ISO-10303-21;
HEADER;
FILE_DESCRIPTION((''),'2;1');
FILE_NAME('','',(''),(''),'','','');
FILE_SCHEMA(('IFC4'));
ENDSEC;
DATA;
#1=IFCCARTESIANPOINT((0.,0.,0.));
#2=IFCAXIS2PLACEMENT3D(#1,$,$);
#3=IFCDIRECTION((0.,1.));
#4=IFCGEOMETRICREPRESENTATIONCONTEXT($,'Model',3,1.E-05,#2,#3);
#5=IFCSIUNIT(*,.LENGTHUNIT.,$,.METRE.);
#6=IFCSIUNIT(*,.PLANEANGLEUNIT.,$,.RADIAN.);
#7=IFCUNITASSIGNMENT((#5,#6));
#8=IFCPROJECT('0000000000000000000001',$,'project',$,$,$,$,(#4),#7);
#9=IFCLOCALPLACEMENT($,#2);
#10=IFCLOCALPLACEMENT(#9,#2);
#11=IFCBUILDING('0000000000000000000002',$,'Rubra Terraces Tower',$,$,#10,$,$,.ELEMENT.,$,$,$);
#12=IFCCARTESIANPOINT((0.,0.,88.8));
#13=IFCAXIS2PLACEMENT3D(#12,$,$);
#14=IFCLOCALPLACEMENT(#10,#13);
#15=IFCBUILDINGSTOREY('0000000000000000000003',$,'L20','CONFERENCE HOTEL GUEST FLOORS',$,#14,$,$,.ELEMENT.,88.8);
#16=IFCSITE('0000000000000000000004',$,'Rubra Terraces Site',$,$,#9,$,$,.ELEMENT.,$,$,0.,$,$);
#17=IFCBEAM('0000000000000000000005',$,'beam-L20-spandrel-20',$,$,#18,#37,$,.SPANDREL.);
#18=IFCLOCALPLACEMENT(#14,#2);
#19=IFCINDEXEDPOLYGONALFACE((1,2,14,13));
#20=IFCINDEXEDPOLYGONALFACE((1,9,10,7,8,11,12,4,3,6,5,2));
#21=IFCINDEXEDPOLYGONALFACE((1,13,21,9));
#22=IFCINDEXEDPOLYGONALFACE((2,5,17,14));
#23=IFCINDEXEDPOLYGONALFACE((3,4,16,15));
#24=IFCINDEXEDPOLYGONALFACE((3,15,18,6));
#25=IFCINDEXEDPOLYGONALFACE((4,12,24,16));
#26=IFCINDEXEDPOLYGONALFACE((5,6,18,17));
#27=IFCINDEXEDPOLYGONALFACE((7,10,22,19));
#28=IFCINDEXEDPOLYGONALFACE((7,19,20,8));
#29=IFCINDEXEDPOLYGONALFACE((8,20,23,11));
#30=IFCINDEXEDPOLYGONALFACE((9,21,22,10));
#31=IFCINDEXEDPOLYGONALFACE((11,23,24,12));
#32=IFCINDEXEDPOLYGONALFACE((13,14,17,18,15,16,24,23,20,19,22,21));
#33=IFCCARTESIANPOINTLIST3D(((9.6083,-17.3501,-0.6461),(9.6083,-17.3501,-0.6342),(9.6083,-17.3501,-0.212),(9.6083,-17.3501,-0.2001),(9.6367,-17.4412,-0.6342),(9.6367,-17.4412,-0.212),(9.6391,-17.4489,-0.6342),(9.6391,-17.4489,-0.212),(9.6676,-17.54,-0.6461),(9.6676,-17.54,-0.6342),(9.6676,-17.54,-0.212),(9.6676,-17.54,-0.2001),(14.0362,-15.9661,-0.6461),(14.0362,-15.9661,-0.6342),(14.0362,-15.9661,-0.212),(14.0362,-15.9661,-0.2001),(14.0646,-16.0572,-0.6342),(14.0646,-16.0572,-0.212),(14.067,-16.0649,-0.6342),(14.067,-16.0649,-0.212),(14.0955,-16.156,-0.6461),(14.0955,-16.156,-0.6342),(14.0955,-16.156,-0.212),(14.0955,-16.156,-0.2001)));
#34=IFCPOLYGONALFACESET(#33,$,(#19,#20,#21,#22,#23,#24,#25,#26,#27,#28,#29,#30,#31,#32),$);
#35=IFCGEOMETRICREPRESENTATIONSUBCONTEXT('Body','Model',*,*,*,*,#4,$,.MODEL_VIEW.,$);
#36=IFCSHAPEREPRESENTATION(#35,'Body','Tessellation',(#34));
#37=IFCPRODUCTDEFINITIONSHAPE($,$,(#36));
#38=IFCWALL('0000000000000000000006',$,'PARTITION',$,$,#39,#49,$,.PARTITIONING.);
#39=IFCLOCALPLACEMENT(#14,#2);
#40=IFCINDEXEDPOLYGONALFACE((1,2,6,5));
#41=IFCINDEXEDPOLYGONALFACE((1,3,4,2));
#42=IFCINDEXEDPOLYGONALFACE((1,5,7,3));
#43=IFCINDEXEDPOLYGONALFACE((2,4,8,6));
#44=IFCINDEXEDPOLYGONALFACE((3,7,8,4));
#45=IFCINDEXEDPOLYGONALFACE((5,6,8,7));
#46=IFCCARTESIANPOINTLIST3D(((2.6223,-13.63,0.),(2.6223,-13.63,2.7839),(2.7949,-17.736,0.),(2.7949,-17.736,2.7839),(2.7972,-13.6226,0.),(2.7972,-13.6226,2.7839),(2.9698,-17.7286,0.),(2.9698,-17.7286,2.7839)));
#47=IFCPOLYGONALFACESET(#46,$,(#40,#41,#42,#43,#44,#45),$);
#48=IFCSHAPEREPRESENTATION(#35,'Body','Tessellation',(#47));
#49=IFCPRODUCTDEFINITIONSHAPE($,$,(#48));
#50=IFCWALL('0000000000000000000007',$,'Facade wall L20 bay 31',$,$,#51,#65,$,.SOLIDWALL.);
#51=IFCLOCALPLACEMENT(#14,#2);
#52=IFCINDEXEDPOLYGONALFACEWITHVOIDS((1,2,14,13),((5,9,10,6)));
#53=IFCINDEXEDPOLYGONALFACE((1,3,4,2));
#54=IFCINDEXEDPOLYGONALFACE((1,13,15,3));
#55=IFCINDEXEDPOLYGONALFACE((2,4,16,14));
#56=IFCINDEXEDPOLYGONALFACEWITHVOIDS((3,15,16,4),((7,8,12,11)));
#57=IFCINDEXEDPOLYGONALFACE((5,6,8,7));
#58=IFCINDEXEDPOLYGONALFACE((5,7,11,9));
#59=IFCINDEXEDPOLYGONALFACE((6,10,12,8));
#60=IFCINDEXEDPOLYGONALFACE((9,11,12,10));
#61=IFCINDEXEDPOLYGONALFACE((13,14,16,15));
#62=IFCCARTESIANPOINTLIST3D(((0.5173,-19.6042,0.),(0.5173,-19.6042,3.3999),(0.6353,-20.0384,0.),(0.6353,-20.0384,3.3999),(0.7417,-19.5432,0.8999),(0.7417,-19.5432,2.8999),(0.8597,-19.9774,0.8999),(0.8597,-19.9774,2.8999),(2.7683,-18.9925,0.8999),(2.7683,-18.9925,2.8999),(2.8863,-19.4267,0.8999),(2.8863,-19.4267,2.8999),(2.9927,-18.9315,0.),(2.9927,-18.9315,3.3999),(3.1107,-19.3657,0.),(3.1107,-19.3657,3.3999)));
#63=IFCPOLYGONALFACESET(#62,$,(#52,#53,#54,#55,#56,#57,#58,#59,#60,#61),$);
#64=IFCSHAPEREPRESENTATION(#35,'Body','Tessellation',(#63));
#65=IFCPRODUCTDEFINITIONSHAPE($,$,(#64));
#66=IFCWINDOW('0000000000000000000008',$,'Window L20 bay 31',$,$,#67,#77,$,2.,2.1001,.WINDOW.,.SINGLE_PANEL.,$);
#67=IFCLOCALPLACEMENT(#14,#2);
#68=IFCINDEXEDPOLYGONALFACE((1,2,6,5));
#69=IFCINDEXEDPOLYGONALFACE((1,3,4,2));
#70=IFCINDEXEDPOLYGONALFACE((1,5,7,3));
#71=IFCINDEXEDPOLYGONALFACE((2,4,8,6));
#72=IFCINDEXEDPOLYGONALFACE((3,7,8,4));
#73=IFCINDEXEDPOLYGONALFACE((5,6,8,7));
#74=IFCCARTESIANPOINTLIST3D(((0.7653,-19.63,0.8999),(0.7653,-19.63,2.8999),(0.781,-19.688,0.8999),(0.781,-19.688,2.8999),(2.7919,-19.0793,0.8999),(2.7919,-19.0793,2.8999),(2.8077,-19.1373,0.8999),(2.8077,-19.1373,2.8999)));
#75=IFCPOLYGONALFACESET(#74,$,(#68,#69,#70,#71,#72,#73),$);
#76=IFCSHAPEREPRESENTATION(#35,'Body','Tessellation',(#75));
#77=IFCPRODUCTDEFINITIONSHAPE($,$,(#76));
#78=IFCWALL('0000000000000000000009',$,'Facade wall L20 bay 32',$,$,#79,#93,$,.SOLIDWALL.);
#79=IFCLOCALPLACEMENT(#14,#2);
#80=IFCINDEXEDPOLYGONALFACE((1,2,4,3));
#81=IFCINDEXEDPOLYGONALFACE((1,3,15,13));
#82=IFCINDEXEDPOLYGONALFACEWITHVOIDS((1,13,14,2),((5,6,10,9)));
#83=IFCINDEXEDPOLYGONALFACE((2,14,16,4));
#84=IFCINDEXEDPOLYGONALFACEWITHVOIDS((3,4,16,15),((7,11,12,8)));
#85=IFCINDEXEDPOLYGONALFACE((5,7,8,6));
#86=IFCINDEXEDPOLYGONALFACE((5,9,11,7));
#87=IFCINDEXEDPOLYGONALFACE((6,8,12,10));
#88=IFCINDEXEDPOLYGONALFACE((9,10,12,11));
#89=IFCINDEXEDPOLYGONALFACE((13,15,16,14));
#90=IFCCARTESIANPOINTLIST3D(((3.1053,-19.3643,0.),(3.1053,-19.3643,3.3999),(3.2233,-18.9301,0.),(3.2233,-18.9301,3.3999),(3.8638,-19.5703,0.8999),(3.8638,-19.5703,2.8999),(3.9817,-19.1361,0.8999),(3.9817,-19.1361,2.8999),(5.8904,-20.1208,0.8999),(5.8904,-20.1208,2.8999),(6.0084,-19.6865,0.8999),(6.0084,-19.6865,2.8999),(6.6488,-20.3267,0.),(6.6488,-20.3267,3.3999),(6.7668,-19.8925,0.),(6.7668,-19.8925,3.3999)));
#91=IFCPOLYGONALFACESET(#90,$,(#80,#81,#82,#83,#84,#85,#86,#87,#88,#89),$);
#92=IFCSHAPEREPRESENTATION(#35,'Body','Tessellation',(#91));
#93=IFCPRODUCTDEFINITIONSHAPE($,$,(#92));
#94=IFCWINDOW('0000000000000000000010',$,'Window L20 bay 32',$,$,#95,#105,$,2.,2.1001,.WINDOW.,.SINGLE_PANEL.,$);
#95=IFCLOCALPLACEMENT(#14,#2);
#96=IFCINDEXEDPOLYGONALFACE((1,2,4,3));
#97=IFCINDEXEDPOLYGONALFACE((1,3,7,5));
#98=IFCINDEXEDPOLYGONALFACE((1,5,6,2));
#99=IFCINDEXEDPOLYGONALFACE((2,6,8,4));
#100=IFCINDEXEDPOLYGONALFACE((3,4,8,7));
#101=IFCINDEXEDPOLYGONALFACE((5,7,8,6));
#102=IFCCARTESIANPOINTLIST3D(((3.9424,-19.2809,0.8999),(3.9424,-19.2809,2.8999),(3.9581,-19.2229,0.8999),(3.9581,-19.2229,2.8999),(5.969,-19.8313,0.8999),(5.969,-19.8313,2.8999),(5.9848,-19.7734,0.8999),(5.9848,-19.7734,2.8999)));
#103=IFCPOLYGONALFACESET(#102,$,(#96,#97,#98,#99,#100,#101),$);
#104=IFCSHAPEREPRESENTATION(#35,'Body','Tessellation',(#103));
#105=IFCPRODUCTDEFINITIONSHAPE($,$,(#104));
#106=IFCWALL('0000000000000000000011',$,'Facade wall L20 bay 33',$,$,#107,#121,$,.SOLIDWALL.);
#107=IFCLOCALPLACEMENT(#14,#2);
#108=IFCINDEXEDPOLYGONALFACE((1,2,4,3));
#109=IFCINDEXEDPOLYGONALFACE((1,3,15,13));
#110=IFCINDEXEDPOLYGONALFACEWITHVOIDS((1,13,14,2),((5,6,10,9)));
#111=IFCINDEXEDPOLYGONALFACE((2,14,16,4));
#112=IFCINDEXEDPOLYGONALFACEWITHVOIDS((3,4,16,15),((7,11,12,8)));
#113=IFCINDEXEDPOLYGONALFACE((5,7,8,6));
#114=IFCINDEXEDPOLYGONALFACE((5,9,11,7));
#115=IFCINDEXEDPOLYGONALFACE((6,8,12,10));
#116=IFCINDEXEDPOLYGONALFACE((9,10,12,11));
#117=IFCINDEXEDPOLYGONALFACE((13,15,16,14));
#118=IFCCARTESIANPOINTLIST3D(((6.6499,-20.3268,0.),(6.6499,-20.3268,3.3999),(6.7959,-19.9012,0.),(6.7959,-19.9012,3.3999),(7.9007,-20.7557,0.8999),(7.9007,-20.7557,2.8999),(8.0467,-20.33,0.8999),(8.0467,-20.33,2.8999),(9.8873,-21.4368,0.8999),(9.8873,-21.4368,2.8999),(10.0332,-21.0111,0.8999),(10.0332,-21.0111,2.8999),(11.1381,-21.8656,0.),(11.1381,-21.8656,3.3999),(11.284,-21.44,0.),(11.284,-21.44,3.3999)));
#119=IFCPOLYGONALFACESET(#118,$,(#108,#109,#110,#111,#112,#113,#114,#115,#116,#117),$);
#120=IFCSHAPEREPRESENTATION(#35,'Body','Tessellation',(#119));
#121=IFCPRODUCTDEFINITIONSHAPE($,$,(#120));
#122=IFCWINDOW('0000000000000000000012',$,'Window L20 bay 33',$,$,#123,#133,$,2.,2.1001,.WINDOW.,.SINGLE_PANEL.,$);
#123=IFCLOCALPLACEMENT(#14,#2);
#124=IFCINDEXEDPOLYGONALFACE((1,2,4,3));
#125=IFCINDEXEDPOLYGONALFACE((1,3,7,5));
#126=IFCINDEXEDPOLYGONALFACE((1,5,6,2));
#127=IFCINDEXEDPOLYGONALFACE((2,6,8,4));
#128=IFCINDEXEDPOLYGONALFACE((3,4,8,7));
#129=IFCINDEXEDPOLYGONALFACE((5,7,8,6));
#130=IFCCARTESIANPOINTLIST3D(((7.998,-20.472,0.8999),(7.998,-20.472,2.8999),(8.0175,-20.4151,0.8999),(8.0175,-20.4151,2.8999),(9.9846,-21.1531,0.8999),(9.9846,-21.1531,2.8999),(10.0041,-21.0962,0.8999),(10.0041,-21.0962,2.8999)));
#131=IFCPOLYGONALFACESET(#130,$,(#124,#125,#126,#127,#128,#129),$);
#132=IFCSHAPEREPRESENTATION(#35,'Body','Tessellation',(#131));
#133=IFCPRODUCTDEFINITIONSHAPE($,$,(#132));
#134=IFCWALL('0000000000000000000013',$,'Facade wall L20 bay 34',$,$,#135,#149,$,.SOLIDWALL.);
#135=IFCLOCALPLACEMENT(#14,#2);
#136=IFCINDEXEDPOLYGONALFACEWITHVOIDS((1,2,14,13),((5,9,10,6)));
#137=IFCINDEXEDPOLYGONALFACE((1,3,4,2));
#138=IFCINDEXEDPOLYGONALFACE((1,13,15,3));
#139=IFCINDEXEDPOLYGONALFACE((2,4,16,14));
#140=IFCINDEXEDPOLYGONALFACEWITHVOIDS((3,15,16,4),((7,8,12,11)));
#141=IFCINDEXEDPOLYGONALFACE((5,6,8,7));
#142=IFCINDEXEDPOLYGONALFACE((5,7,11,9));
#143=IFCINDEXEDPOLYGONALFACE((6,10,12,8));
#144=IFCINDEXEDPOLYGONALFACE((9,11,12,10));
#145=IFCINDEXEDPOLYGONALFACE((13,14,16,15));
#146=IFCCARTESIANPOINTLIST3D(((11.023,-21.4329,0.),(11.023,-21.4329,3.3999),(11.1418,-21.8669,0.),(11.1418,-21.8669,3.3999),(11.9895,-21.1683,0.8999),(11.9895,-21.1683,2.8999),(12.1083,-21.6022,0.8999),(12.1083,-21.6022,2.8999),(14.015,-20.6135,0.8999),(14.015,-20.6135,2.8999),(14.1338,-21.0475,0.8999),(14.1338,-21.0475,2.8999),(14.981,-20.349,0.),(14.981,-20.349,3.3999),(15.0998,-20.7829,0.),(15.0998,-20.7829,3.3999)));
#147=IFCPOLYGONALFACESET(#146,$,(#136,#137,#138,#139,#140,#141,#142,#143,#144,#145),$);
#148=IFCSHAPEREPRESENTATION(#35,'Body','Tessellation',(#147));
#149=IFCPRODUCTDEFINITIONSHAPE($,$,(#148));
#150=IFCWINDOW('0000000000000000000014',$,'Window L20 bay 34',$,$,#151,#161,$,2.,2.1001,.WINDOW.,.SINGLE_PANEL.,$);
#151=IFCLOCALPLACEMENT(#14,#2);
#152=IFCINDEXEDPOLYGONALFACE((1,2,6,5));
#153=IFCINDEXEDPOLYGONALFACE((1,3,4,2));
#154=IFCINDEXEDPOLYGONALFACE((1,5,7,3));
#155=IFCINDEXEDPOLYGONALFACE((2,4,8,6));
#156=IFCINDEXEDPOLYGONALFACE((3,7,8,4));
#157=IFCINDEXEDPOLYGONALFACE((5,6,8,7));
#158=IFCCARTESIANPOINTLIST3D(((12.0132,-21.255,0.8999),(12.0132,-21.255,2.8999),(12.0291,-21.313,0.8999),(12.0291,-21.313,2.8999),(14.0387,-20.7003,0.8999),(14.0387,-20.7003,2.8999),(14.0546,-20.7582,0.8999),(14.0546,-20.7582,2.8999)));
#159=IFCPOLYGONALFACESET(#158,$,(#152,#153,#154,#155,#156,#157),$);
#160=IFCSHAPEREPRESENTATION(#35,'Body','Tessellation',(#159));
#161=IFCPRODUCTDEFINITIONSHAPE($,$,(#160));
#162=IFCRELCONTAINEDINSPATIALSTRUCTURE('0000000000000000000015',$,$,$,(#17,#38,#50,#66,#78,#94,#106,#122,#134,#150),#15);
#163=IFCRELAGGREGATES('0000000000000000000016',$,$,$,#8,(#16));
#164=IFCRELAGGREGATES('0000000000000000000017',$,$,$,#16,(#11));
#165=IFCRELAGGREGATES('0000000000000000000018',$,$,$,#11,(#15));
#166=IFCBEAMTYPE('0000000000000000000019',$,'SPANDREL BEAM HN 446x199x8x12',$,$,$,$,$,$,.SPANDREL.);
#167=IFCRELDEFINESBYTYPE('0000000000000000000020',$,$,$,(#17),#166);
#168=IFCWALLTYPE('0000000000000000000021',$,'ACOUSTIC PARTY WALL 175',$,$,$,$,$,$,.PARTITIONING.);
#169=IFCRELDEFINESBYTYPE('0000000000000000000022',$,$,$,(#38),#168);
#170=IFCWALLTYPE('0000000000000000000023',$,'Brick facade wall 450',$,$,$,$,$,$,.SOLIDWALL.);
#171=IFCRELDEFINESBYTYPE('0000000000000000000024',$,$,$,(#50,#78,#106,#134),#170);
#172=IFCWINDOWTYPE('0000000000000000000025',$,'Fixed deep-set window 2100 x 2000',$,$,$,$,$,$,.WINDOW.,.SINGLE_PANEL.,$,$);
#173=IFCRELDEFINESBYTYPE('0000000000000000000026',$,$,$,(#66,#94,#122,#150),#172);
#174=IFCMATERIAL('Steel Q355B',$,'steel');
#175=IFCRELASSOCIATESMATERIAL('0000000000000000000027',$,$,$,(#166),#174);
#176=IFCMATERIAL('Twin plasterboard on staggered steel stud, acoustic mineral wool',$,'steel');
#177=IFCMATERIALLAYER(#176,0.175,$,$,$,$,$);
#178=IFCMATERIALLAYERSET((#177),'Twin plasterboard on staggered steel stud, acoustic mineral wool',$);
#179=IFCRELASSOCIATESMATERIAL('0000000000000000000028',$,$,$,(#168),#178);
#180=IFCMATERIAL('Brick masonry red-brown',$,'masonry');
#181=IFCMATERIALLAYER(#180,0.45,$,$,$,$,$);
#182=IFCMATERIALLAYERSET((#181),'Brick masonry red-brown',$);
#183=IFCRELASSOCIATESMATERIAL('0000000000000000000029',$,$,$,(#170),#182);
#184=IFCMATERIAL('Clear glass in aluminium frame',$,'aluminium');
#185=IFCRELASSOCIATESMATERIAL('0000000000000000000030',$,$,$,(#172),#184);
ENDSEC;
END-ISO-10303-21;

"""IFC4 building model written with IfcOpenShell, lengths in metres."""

from ifc_helpers import new_model, si_unit, direction, frame, frame_2d, origin, origin_2d, place, context, subcontext, project, spatial, rectangle, i_section, extrude, material, layer, layer_set, material_profile, profile_set, type_object, element, fill, save


model = new_model("IFC4")

# Units and contexts
model_context = context("Model", 3, precision=1e-05, world=origin(), true_north=direction((0.0, 1.0)))
body_context = subcontext(model_context, "Body", "Model", "MODEL_VIEW")
ifc_project = project(units=[si_unit("LENGTHUNIT", "METRE"), si_unit("PLANEANGLEUNIT", "RADIAN")], contexts=[model_context])

# Site, building, storey
site_placement = place(None, origin())
site = spatial("IfcSite", under=ifc_project, at=site_placement, Name="Rubra Terraces Site", CompositionType="ELEMENT", RefElevation=0.0)
building_placement = place(site_placement, origin())
building = spatial("IfcBuilding", under=site, at=building_placement, Name="Rubra Terraces Tower", CompositionType="ELEMENT")
storey_placement = place(building_placement, frame((0.0, 0.0, 88.8)))
storey = spatial("IfcBuildingStorey", under=building, at=storey_placement, Name="L20", Description="CONFERENCE HOTEL GUEST FLOORS", CompositionType="ELEMENT", Elevation=88.8)

# Beam
ifc_material_1 = material(Name="Steel Q355B", Category="steel")
ifc_material_profile_1 = material_profile(ifc_material_1, i_section(OverallWidth=0.199, OverallDepth=0.446, WebThickness=0.0081, FlangeThickness=0.012, at=origin_2d()), Name="HN 446x199x8x12")
ifc_profile_set_1 = profile_set([ifc_material_profile_1], Name="Steel Q355B")
beam_type_1 = type_object("IfcBeamType", Name="SPANDREL BEAM HN 446x199x8x12", PredefinedType="SPANDREL", material=ifc_profile_set_1)
beam_1_placement = place(storey_placement, frame((9.6379, -17.4451, -0.4231), z_axis=(0.954462, 0.298332, 0.0), x_axis=(-0.298332, 0.954462, 0.0)))
element("IfcBeam", 1, at=beam_1_placement, inside=storey, type_object=beam_type_1, Name="beam-L20-spandrel-20", PredefinedType="SPANDREL", context=body_context, shape_type="SweptSolid", body=[
    extrude(i_section(OverallWidth=0.199, OverallDepth=0.446, WebThickness=0.0081, FlangeThickness=0.012, at=origin_2d()), origin(), (0.0, 0.0, 1.0), 4.6392),
])

# Wall
ifc_material_2 = material(Name="Twin plasterboard on staggered steel stud, acoustic mineral wool", Category="steel")
ifc_layer_1 = layer(ifc_material_2, 0.175)
ifc_layer_set_1 = layer_set([ifc_layer_1], Name="Twin plasterboard on staggered steel stud, acoustic mineral wool")
wall_type_1 = type_object("IfcWallType", Name="ACOUSTIC PARTY WALL 175", PredefinedType="PARTITIONING", material=ifc_layer_set_1)
wall_1_placement = place(storey_placement, frame((2.8823, -17.7322, 0.0), z_axis=(0.0, 0.0, 1.0), x_axis=(-0.042001, 0.999118, 0.0)))
element("IfcWall", 2, at=wall_1_placement, inside=storey, type_object=wall_type_1, Name="PARTITION", PredefinedType="PARTITIONING", context=body_context, shape_type="SweptSolid", body=[
    extrude(rectangle(XDim=4.1096, YDim=0.175, at=frame_2d((2.0547, 0.0))), origin(), (0.0, 0.0, 1.0), 2.7839),
])

# Walls, openings, windows
ifc_material_3 = material(Name="Brick masonry red-brown", Category="masonry")
ifc_layer_2 = layer(ifc_material_3, 0.45)
ifc_layer_set_2 = layer_set([ifc_layer_2], Name="Brick masonry red-brown")
wall_type_2 = type_object("IfcWallType", Name="Brick facade wall 450", PredefinedType="SOLIDWALL", material=ifc_layer_set_2)
wall_2_placement = place(storey_placement, frame((0.5762, -19.8213, 0.0), z_axis=(0.0, 0.0, 1.0), x_axis=(0.965009, 0.262215, 0.0)))
wall_2 = element("IfcWall", 3, at=wall_2_placement, inside=storey, type_object=wall_type_2, Name="Facade wall L20 bay 31", PredefinedType="SOLIDWALL", context=body_context, shape_type="SweptSolid", body=[
    extrude(rectangle(XDim=2.5652, YDim=0.45, at=frame_2d((1.2827, 0.0))), origin(), (0.0, 0.0, 1.0), 3.3999),
])
opening_1_placement = place(wall_2_placement, frame((0.2327, 0.0, 0.8999)))
opening_1 = element("IfcOpeningElement", 4, at=opening_1_placement, cuts=wall_2, PredefinedType="OPENING", context=body_context, shape_type="SweptSolid", body=[
    extrude(rectangle(XDim=2.1001, YDim=2.0, at=frame_2d((1.05, 1.0))), frame((0.0, 0.2349, 0.0), z_axis=(0.0, -1.0, 0.0), x_axis=(1.0, 0.0, 0.0)), (0.0, 0.0, 1.0), 0.47),
])
ifc_material_4 = material(Name="Clear glass in aluminium frame", Category="aluminium")
window_type = type_object("IfcWindowType", Name="Fixed deep-set window 2100 x 2000", PartitioningType="SINGLE_PANEL", PredefinedType="WINDOW", material=ifc_material_4)
window_1_placement = place(opening_1_placement, origin())
window_1 = element("IfcWindow", 5, at=window_1_placement, inside=storey, type_object=window_type, Name="Window L20 bay 31", OverallHeight=2.0, OverallWidth=2.1001, PartitioningType="SINGLE_PANEL", PredefinedType="WINDOW", context=body_context, shape_type="SweptSolid", body=[
    extrude(rectangle(XDim=2.1001, YDim=2.0, at=frame_2d((1.05, 1.0))), frame((0.0, 0.135, 0.0), z_axis=(0.0, -1.0, 0.0), x_axis=(1.0, 0.0, 0.0)), (0.0, 0.0, 1.0), 0.0601),
])
fill(opening_1, window_1)
wall_3_placement = place(storey_placement, frame((3.1643, -19.1472, 0.0), z_axis=(0.0, 0.0, 1.0), x_axis=(0.965039, -0.262105, 0.0)))
wall_3 = element("IfcWall", 6, at=wall_3_placement, inside=storey, type_object=wall_type_2, Name="Facade wall L20 bay 32", PredefinedType="SOLIDWALL", context=body_context, shape_type="SweptSolid", body=[
    extrude(rectangle(XDim=3.6719, YDim=0.45, at=frame_2d((1.8359, 0.0))), origin(), (0.0, 0.0, 1.0), 3.3999),
])
opening_2_placement = place(wall_3_placement, frame((0.7859, 0.0, 0.8999)))
opening_2 = element("IfcOpeningElement", 7, at=opening_2_placement, cuts=wall_3, PredefinedType="OPENING", context=body_context, shape_type="SweptSolid", body=[
    extrude(rectangle(XDim=2.1001, YDim=2.0, at=frame_2d((1.05, 1.0))), frame((0.0, 0.2349, 0.0), z_axis=(0.0, -1.0, 0.0), x_axis=(1.0, 0.0, 0.0)), (0.0, 0.0, 1.0), 0.47),
])
window_2_placement = place(opening_2_placement, origin())
window_2 = element("IfcWindow", 8, at=window_2_placement, inside=storey, type_object=window_type, Name="Window L20 bay 32", OverallHeight=2.0, OverallWidth=2.1001, PartitioningType="SINGLE_PANEL", PredefinedType="WINDOW", context=body_context, shape_type="SweptSolid", body=[
    extrude(rectangle(XDim=2.1001, YDim=2.0, at=frame_2d((1.05, 1.0))), frame((0.0, 0.135, 0.0), z_axis=(0.0, -1.0, 0.0), x_axis=(1.0, 0.0, 0.0)), (0.0, 0.0, 1.0), 0.0601),
])
fill(opening_2, window_2)
wall_4_placement = place(storey_placement, frame((6.7229, -20.114, 0.0), z_axis=(0.0, 0.0, 1.0), x_axis=(0.945947, -0.32432, 0.0)))
wall_4 = element("IfcWall", 9, at=wall_4_placement, inside=storey, type_object=wall_type_2, Name="Facade wall L20 bay 33", PredefinedType="SOLIDWALL", context=body_context, shape_type="SweptSolid", body=[
    extrude(rectangle(XDim=4.7446, YDim=0.45, at=frame_2d((2.3723, 0.0))), origin(), (0.0, 0.0, 1.0), 3.3999),
])
opening_3_placement = place(wall_4_placement, frame((1.3223, 0.0, 0.8999)))
opening_3 = element("IfcOpeningElement", 10, at=opening_3_placement, cuts=wall_4, PredefinedType="OPENING", context=body_context, shape_type="SweptSolid", body=[
    extrude(rectangle(XDim=2.1001, YDim=2.0, at=frame_2d((1.05, 1.0))), frame((0.0, 0.2349, 0.0), z_axis=(0.0, -1.0, 0.0), x_axis=(1.0, 0.0, 0.0)), (0.0, 0.0, 1.0), 0.47),
])
window_3_placement = place(opening_3_placement, origin())
window_3 = element("IfcWindow", 11, at=window_3_placement, inside=storey, type_object=window_type, Name="Window L20 bay 33", OverallHeight=2.0, OverallWidth=2.1001, PartitioningType="SINGLE_PANEL", PredefinedType="WINDOW", context=body_context, shape_type="SweptSolid", body=[
    extrude(rectangle(XDim=2.1001, YDim=2.0, at=frame_2d((1.05, 1.0))), frame((0.0, 0.135, 0.0), z_axis=(0.0, -1.0, 0.0), x_axis=(1.0, 0.0, 0.0)), (0.0, 0.0, 1.0), 0.0601),
])
fill(opening_3, window_3)
wall_5_placement = place(storey_placement, frame((11.0825, -21.6499, 0.0), z_axis=(0.0, 0.0, 1.0), x_axis=(0.964483, 0.264144, 0.0)))
wall_5 = element("IfcWall", 12, at=wall_5_placement, inside=storey, type_object=wall_type_2, Name="Facade wall L20 bay 34", PredefinedType="SOLIDWALL", context=body_context, shape_type="SweptSolid", body=[
    extrude(rectangle(XDim=4.1038, YDim=0.45, at=frame_2d((2.0518, 0.0))), origin(), (0.0, 0.0, 1.0), 3.3999),
])
opening_4_placement = place(wall_5_placement, frame((1.002, 0.0, 0.8999)))
opening_4 = element("IfcOpeningElement", 13, at=opening_4_placement, cuts=wall_5, PredefinedType="OPENING", context=body_context, shape_type="SweptSolid", body=[
    extrude(rectangle(XDim=2.1001, YDim=2.0, at=frame_2d((1.05, 1.0))), frame((0.0, 0.2349, 0.0), z_axis=(0.0, -1.0, 0.0), x_axis=(1.0, 0.0, 0.0)), (0.0, 0.0, 1.0), 0.47),
])
window_4_placement = place(opening_4_placement, origin())
window_4 = element("IfcWindow", 14, at=window_4_placement, inside=storey, type_object=window_type, Name="Window L20 bay 34", OverallHeight=2.0, OverallWidth=2.1001, PartitioningType="SINGLE_PANEL", PredefinedType="WINDOW", context=body_context, shape_type="SweptSolid", body=[
    extrude(rectangle(XDim=2.1001, YDim=2.0, at=frame_2d((1.05, 1.0))), frame((0.0, 0.135, 0.0), z_axis=(0.0, -1.0, 0.0), x_axis=(1.0, 0.0, 0.0)), (0.0, 0.0, 1.0), 0.0601),
])
fill(opening_4, window_4)

save(model, "model.ifc")
